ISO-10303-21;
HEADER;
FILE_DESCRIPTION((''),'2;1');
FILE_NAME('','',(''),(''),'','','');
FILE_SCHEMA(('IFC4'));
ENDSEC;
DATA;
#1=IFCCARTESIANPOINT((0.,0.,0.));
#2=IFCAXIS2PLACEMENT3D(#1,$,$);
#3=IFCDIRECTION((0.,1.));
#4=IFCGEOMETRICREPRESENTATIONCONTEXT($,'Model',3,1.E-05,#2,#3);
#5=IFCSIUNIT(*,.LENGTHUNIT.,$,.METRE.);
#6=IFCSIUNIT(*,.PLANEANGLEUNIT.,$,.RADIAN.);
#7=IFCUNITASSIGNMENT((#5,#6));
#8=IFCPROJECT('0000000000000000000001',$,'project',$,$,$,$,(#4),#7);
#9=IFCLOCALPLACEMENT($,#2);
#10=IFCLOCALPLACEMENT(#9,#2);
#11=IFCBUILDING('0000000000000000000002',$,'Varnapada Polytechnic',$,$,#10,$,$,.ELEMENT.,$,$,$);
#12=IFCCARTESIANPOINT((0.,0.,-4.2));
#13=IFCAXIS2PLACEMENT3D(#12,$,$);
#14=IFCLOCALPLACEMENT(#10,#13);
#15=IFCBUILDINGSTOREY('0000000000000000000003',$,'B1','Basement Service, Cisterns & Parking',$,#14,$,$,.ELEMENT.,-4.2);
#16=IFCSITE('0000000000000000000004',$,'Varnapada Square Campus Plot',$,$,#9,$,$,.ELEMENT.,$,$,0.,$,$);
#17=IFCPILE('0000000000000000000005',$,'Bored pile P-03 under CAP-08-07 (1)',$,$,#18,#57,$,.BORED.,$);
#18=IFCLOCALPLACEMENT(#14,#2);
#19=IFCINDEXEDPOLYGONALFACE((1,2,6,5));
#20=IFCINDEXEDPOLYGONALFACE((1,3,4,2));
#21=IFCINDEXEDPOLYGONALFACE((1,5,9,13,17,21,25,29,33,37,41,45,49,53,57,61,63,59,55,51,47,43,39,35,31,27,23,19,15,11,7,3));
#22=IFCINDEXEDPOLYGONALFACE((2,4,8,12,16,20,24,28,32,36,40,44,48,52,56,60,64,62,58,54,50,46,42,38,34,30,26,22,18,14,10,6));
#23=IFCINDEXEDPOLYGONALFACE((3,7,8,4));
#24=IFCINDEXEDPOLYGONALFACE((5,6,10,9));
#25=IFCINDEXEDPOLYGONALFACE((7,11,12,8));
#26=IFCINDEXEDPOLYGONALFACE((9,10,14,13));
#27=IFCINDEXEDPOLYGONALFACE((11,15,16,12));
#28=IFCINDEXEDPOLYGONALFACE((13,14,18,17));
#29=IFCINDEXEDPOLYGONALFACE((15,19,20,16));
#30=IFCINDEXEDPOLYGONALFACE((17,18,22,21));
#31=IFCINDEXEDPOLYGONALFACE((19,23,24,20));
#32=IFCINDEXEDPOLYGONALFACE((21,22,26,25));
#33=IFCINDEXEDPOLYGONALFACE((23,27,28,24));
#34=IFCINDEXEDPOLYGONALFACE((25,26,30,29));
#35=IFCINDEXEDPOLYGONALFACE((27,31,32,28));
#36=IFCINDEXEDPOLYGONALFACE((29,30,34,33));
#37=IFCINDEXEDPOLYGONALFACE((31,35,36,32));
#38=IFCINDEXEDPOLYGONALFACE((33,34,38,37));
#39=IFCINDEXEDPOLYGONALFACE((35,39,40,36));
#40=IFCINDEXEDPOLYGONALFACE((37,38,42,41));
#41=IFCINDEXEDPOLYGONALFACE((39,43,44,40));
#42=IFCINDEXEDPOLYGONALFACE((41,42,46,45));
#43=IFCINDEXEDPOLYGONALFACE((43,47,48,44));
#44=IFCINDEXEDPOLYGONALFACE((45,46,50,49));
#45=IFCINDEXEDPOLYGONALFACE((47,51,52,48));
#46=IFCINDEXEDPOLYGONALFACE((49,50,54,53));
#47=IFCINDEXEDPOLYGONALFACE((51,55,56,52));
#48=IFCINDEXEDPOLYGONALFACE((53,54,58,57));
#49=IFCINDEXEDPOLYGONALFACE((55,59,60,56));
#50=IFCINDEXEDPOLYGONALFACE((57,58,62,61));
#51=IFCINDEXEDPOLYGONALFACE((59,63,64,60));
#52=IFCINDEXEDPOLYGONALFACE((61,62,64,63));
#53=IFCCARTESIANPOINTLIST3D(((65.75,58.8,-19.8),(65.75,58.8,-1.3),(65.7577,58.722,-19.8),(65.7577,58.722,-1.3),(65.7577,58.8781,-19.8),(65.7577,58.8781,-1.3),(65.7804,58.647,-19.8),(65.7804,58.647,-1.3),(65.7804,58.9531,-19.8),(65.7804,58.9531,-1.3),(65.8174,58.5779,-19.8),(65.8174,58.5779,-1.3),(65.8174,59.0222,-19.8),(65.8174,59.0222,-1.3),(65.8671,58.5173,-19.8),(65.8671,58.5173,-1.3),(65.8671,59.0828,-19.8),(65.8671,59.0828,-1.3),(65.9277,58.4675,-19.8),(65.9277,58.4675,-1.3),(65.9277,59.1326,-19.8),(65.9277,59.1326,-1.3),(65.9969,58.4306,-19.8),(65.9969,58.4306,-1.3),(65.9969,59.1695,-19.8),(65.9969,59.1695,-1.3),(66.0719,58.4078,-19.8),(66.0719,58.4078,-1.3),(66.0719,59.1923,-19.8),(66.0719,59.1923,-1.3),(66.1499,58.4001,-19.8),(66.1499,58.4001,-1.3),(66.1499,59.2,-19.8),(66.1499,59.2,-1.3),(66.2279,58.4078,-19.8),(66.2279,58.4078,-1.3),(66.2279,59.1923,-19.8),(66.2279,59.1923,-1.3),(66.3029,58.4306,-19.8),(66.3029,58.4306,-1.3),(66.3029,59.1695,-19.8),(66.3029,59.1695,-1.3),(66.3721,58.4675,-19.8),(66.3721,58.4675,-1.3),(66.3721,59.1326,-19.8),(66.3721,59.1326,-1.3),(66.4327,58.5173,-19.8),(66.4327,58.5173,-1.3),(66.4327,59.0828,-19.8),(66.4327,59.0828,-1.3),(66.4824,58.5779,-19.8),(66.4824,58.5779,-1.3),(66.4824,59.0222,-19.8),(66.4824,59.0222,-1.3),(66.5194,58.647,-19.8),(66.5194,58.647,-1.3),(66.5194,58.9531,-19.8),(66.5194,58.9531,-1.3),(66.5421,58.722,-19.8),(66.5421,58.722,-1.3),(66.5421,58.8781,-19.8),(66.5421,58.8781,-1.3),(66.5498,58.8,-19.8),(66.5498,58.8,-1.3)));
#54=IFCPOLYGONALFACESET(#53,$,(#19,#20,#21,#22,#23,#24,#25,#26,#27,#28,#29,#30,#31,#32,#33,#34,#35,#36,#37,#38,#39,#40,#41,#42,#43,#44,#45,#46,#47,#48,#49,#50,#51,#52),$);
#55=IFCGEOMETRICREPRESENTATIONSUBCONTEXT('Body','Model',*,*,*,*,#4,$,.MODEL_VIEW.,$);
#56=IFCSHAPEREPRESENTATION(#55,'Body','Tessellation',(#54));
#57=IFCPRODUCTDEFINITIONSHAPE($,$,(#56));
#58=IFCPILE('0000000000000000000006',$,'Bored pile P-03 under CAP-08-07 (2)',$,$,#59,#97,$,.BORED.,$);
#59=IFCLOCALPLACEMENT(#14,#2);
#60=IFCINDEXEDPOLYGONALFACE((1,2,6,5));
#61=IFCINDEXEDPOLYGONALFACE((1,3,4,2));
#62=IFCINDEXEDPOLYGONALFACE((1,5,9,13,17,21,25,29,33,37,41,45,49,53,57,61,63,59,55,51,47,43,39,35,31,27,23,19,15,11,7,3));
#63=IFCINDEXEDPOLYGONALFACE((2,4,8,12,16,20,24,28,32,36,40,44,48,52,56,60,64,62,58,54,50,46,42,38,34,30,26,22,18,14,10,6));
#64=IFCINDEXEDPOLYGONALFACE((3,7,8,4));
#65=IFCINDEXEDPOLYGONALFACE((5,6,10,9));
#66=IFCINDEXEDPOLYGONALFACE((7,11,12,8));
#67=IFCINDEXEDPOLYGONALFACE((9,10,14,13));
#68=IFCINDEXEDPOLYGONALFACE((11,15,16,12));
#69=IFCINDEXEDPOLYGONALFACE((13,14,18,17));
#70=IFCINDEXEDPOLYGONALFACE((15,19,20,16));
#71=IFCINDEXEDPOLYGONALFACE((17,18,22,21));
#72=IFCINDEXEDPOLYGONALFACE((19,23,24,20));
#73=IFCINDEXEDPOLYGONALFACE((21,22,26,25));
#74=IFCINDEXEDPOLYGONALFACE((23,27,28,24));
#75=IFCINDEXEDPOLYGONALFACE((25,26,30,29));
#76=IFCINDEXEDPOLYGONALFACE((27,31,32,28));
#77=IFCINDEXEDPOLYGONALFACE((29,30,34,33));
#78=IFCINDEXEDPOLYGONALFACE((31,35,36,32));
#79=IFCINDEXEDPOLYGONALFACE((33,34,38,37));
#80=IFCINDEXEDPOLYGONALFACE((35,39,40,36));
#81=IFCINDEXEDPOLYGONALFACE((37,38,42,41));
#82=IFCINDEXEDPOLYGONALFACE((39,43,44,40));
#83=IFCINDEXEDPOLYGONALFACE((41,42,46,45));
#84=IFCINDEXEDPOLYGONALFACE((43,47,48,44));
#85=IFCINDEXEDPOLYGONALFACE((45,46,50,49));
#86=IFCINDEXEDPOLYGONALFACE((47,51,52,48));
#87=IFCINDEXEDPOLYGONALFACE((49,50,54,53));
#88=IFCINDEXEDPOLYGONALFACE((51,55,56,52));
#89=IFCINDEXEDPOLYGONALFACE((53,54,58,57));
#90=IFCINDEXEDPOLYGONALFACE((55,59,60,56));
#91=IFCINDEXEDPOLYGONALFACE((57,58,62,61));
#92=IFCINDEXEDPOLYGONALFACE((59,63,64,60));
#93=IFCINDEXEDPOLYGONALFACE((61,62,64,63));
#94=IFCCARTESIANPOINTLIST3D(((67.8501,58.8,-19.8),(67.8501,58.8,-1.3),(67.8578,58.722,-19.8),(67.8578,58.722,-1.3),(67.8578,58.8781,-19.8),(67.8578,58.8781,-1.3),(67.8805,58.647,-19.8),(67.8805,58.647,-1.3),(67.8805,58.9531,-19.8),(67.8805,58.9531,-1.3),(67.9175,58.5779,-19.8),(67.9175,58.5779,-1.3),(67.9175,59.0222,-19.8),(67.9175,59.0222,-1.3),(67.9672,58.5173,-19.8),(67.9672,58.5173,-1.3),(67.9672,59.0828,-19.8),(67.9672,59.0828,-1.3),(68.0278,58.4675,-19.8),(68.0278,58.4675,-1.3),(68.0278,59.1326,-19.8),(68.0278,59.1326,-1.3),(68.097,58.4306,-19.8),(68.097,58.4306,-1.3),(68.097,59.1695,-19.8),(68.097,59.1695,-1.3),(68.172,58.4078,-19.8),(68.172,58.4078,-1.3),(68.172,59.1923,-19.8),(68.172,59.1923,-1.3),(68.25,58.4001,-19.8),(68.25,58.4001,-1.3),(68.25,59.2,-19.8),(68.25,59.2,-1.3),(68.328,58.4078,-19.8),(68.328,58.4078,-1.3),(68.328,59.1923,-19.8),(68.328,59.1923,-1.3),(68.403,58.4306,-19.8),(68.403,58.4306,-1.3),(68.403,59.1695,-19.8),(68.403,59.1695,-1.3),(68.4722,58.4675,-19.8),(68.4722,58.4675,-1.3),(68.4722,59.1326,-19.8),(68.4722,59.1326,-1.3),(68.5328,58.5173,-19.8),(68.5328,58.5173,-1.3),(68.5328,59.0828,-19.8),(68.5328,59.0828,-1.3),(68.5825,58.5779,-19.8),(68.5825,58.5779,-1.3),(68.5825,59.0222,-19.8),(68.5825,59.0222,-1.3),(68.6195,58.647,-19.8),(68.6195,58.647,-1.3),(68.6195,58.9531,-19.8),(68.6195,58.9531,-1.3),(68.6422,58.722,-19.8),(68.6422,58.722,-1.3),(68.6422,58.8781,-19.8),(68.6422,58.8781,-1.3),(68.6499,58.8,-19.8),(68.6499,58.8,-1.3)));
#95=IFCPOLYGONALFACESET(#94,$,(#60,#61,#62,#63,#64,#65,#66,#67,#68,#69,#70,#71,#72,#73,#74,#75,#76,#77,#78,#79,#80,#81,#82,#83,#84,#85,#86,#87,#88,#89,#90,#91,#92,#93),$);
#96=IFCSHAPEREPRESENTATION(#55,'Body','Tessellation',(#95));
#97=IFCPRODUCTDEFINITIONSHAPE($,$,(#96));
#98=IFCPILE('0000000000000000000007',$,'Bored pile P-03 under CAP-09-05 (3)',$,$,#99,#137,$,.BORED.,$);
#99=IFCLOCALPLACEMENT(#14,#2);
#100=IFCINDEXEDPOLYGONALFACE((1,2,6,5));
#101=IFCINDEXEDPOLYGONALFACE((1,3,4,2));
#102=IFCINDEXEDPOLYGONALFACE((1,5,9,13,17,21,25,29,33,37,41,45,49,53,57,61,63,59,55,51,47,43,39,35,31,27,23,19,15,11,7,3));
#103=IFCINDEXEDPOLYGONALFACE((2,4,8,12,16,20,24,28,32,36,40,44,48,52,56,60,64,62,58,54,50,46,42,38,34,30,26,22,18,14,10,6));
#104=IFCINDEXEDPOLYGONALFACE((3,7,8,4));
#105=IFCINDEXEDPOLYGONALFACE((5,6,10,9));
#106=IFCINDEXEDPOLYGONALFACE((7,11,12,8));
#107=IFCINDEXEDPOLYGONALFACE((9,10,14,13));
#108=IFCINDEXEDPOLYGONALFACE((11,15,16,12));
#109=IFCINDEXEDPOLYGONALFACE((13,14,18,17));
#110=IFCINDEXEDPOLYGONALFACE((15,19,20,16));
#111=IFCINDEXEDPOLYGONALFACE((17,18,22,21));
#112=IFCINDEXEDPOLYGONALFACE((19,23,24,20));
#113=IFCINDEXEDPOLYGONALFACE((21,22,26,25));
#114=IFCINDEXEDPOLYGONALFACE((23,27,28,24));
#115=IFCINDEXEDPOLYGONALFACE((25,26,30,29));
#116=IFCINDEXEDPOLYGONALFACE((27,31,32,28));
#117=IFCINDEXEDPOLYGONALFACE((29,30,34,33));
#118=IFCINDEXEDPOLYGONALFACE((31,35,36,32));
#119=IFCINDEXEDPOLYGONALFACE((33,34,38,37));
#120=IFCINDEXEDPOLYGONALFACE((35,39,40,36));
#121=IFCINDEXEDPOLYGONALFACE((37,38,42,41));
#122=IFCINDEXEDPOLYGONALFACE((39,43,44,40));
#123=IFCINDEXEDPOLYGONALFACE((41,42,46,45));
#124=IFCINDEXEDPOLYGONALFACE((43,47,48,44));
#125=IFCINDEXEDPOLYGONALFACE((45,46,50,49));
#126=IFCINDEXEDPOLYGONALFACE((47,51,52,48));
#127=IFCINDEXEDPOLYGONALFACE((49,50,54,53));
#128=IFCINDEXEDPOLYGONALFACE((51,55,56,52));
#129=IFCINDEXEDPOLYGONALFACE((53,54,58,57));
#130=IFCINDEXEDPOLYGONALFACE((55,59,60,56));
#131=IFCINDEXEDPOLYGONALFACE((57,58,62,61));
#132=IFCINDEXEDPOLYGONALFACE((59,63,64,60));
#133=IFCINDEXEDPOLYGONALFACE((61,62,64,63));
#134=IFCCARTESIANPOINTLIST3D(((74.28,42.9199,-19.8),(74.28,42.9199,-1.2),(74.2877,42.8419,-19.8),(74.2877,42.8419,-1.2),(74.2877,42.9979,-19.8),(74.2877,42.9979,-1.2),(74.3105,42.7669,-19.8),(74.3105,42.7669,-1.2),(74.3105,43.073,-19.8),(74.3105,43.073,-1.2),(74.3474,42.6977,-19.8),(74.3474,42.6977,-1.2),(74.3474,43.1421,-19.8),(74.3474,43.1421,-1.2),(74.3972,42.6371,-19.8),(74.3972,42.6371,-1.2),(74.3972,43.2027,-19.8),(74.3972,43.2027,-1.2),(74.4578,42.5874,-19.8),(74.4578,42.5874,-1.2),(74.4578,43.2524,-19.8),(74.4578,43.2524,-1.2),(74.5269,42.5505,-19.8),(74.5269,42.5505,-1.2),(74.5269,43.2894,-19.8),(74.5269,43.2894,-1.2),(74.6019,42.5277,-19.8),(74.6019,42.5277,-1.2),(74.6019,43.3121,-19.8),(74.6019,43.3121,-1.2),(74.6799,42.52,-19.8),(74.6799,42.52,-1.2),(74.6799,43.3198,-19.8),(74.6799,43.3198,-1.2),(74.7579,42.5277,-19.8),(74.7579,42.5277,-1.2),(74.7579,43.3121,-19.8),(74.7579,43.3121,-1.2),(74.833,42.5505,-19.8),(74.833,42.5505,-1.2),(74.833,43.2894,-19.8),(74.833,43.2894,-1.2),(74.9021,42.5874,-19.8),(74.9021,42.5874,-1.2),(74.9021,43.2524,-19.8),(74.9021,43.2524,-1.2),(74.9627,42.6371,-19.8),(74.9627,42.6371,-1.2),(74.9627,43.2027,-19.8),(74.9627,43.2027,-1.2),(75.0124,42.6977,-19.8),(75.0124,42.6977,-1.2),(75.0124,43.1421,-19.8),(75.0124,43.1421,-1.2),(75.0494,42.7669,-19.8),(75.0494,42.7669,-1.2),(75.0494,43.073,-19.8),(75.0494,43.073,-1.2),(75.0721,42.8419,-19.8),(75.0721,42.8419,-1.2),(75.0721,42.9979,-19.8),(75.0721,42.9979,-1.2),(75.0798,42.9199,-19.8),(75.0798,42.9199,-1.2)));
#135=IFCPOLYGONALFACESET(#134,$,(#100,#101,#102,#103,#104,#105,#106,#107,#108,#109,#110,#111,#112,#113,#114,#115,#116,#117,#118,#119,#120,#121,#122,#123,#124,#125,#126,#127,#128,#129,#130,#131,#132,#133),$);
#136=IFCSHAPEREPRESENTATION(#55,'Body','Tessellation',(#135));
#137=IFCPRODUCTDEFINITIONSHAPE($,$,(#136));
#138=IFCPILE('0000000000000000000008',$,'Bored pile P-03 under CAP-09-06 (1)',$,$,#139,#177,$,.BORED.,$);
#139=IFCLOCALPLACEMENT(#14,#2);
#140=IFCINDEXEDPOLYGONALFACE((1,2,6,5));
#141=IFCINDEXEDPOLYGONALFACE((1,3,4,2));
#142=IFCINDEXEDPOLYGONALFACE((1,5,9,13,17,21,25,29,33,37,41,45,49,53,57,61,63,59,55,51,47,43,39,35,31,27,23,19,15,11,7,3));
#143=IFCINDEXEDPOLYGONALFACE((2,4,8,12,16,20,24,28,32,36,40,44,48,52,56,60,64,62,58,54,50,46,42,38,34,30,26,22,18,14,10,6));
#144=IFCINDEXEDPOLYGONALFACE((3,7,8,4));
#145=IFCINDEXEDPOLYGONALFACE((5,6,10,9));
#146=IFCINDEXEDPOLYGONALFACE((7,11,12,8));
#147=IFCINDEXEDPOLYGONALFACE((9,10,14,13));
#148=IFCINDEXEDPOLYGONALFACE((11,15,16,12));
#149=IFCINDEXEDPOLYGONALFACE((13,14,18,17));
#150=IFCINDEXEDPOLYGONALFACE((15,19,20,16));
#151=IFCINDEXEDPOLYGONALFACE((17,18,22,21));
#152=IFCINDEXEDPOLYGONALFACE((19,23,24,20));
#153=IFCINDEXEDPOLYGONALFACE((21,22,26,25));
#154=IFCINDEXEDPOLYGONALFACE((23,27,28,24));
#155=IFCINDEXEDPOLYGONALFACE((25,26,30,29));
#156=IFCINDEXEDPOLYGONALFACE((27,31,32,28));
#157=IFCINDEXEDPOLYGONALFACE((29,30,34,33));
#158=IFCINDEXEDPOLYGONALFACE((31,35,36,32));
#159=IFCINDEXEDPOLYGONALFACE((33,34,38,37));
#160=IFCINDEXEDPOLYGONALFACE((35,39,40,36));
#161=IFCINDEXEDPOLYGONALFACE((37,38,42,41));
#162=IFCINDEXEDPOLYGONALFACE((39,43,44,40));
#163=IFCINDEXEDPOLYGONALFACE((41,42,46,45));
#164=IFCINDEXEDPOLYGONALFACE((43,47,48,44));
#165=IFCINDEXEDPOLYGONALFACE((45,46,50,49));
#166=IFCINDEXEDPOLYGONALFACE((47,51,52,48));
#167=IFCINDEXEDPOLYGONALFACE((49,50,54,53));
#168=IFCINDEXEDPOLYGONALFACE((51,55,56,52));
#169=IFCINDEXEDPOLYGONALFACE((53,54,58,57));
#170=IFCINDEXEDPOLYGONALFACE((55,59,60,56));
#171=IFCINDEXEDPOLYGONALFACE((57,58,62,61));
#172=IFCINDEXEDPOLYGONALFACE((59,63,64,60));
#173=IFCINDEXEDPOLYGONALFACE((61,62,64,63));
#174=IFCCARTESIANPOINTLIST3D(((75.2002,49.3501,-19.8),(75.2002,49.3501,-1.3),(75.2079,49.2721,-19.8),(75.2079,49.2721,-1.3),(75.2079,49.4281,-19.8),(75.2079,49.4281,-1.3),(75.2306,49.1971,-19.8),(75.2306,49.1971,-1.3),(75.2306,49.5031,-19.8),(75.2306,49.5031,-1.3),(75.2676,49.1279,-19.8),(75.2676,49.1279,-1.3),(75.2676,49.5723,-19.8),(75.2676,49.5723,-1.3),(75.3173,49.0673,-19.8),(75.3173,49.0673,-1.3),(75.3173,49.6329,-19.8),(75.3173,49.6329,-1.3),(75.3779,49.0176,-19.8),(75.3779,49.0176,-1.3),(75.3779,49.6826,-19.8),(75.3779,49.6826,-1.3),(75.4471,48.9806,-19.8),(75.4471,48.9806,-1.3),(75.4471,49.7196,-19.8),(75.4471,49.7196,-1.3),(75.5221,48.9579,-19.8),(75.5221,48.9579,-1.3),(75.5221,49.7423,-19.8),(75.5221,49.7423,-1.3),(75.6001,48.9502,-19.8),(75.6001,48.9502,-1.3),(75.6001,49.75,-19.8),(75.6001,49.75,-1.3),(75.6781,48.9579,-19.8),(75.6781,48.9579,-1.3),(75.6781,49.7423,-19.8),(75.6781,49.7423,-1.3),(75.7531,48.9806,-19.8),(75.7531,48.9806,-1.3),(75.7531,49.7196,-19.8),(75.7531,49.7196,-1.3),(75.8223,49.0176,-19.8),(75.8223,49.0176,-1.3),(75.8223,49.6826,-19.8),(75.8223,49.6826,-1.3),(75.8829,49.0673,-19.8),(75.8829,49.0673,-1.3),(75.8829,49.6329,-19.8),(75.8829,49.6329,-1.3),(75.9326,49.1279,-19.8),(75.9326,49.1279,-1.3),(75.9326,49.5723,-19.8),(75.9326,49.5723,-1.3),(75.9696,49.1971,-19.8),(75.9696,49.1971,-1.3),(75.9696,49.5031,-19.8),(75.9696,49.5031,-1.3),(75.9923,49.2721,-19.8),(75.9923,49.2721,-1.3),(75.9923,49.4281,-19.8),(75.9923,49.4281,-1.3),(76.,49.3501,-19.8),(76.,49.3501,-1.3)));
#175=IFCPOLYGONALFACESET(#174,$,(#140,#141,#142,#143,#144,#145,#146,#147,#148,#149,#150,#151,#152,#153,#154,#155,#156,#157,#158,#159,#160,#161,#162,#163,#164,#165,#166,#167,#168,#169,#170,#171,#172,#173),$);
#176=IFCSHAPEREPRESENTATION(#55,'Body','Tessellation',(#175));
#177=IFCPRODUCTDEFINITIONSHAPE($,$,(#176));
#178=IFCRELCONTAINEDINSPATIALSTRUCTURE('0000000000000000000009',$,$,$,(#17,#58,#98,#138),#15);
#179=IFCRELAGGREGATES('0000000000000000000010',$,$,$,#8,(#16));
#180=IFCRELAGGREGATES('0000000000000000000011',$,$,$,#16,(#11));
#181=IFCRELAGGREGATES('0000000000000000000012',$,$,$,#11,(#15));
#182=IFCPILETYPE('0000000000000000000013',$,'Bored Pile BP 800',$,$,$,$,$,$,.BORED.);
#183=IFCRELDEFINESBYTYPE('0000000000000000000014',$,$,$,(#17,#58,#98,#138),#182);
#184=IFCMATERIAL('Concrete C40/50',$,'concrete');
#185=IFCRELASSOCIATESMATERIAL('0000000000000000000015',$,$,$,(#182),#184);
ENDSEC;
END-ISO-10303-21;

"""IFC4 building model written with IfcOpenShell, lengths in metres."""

from ifc_helpers import new_model, si_unit, direction, frame, origin, origin_2d, place, context, subcontext, project, spatial, circle, extrude, material, material_profile, profile_set, type_object, element, save


model = new_model("IFC4")

# Units and contexts
model_context = context("Model", 3, precision=1e-05, world=origin(), true_north=direction((0.0, 1.0)))
body_context = subcontext(model_context, "Body", "Model", "MODEL_VIEW")
ifc_project = project(units=[si_unit("LENGTHUNIT", "METRE"), si_unit("PLANEANGLEUNIT", "RADIAN")], contexts=[model_context])

# Site, building, storey
site_placement = place(None, origin())
site = spatial("IfcSite", under=ifc_project, at=site_placement, Name="Varnapada Square Campus Plot", CompositionType="ELEMENT", RefElevation=0.0)
building_placement = place(site_placement, origin())
building = spatial("IfcBuilding", under=site, at=building_placement, Name="Varnapada Polytechnic", CompositionType="ELEMENT")
storey_placement = place(building_placement, frame((0.0, 0.0, -4.2)))
storey = spatial("IfcBuildingStorey", under=building, at=storey_placement, Name="B1", Description="Basement Service, Cisterns & Parking", CompositionType="ELEMENT", Elevation=-4.2)

# Piles
ifc_material_1 = material(Name="Concrete C40/50", Category="concrete")
ifc_material_profile_1 = material_profile(ifc_material_1, circle(Radius=0.3999, at=origin_2d()), Name="BP 800")
ifc_profile_set_1 = profile_set([ifc_material_profile_1], Name="Concrete C40/50")
pile_type_1 = type_object("IfcPileType", Name="Bored Pile BP 800", PredefinedType="BORED", material=ifc_profile_set_1)
for number, where, z_axis, x_axis, name in (
    (1, (66.1499, 58.8, -1.3), (0.0, 0.0, -1.0), (1.0, 0.0, 0.0), "Bored pile P-03 under CAP-08-07 (1)"),
    (2, (68.25, 58.8, -1.3), (0.0, 0.0, -1.0), (1.0, 0.0, 0.0), "Bored pile P-03 under CAP-08-07 (2)"),
):
    element("IfcPile", number, at=place(storey_placement, frame(where, z_axis=z_axis, x_axis=x_axis)), inside=storey, type_object=pile_type_1, Name=name, PredefinedType="BORED", context=body_context, shape_type="SweptSolid", body=[
        extrude(circle(Radius=0.3999, at=origin_2d()), origin(), (0.0, 0.0, 1.0), 18.5),
    ])
pile_1_placement = place(storey_placement, frame((74.6799, 42.9199, -1.2), z_axis=(0.0, 0.0, -1.0), x_axis=(1.0, 0.0, 0.0)))
element("IfcPile", 3, at=pile_1_placement, inside=storey, type_object=pile_type_1, Name="Bored pile P-03 under CAP-09-05 (3)", PredefinedType="BORED", context=body_context, shape_type="SweptSolid", body=[
    extrude(circle(Radius=0.3999, at=origin_2d()), origin(), (0.0, 0.0, 1.0), 18.6001),
])
pile_2_placement = place(storey_placement, frame((75.6001, 49.3501, -1.3), z_axis=(0.0, 0.0, -1.0), x_axis=(1.0, 0.0, 0.0)))
element("IfcPile", 4, at=pile_2_placement, inside=storey, type_object=pile_type_1, Name="Bored pile P-03 under CAP-09-06 (1)", PredefinedType="BORED", context=body_context, shape_type="SweptSolid", body=[
    extrude(circle(Radius=0.3999, at=origin_2d()), origin(), (0.0, 0.0, 1.0), 18.5),
])

save(model, "model.ifc")
